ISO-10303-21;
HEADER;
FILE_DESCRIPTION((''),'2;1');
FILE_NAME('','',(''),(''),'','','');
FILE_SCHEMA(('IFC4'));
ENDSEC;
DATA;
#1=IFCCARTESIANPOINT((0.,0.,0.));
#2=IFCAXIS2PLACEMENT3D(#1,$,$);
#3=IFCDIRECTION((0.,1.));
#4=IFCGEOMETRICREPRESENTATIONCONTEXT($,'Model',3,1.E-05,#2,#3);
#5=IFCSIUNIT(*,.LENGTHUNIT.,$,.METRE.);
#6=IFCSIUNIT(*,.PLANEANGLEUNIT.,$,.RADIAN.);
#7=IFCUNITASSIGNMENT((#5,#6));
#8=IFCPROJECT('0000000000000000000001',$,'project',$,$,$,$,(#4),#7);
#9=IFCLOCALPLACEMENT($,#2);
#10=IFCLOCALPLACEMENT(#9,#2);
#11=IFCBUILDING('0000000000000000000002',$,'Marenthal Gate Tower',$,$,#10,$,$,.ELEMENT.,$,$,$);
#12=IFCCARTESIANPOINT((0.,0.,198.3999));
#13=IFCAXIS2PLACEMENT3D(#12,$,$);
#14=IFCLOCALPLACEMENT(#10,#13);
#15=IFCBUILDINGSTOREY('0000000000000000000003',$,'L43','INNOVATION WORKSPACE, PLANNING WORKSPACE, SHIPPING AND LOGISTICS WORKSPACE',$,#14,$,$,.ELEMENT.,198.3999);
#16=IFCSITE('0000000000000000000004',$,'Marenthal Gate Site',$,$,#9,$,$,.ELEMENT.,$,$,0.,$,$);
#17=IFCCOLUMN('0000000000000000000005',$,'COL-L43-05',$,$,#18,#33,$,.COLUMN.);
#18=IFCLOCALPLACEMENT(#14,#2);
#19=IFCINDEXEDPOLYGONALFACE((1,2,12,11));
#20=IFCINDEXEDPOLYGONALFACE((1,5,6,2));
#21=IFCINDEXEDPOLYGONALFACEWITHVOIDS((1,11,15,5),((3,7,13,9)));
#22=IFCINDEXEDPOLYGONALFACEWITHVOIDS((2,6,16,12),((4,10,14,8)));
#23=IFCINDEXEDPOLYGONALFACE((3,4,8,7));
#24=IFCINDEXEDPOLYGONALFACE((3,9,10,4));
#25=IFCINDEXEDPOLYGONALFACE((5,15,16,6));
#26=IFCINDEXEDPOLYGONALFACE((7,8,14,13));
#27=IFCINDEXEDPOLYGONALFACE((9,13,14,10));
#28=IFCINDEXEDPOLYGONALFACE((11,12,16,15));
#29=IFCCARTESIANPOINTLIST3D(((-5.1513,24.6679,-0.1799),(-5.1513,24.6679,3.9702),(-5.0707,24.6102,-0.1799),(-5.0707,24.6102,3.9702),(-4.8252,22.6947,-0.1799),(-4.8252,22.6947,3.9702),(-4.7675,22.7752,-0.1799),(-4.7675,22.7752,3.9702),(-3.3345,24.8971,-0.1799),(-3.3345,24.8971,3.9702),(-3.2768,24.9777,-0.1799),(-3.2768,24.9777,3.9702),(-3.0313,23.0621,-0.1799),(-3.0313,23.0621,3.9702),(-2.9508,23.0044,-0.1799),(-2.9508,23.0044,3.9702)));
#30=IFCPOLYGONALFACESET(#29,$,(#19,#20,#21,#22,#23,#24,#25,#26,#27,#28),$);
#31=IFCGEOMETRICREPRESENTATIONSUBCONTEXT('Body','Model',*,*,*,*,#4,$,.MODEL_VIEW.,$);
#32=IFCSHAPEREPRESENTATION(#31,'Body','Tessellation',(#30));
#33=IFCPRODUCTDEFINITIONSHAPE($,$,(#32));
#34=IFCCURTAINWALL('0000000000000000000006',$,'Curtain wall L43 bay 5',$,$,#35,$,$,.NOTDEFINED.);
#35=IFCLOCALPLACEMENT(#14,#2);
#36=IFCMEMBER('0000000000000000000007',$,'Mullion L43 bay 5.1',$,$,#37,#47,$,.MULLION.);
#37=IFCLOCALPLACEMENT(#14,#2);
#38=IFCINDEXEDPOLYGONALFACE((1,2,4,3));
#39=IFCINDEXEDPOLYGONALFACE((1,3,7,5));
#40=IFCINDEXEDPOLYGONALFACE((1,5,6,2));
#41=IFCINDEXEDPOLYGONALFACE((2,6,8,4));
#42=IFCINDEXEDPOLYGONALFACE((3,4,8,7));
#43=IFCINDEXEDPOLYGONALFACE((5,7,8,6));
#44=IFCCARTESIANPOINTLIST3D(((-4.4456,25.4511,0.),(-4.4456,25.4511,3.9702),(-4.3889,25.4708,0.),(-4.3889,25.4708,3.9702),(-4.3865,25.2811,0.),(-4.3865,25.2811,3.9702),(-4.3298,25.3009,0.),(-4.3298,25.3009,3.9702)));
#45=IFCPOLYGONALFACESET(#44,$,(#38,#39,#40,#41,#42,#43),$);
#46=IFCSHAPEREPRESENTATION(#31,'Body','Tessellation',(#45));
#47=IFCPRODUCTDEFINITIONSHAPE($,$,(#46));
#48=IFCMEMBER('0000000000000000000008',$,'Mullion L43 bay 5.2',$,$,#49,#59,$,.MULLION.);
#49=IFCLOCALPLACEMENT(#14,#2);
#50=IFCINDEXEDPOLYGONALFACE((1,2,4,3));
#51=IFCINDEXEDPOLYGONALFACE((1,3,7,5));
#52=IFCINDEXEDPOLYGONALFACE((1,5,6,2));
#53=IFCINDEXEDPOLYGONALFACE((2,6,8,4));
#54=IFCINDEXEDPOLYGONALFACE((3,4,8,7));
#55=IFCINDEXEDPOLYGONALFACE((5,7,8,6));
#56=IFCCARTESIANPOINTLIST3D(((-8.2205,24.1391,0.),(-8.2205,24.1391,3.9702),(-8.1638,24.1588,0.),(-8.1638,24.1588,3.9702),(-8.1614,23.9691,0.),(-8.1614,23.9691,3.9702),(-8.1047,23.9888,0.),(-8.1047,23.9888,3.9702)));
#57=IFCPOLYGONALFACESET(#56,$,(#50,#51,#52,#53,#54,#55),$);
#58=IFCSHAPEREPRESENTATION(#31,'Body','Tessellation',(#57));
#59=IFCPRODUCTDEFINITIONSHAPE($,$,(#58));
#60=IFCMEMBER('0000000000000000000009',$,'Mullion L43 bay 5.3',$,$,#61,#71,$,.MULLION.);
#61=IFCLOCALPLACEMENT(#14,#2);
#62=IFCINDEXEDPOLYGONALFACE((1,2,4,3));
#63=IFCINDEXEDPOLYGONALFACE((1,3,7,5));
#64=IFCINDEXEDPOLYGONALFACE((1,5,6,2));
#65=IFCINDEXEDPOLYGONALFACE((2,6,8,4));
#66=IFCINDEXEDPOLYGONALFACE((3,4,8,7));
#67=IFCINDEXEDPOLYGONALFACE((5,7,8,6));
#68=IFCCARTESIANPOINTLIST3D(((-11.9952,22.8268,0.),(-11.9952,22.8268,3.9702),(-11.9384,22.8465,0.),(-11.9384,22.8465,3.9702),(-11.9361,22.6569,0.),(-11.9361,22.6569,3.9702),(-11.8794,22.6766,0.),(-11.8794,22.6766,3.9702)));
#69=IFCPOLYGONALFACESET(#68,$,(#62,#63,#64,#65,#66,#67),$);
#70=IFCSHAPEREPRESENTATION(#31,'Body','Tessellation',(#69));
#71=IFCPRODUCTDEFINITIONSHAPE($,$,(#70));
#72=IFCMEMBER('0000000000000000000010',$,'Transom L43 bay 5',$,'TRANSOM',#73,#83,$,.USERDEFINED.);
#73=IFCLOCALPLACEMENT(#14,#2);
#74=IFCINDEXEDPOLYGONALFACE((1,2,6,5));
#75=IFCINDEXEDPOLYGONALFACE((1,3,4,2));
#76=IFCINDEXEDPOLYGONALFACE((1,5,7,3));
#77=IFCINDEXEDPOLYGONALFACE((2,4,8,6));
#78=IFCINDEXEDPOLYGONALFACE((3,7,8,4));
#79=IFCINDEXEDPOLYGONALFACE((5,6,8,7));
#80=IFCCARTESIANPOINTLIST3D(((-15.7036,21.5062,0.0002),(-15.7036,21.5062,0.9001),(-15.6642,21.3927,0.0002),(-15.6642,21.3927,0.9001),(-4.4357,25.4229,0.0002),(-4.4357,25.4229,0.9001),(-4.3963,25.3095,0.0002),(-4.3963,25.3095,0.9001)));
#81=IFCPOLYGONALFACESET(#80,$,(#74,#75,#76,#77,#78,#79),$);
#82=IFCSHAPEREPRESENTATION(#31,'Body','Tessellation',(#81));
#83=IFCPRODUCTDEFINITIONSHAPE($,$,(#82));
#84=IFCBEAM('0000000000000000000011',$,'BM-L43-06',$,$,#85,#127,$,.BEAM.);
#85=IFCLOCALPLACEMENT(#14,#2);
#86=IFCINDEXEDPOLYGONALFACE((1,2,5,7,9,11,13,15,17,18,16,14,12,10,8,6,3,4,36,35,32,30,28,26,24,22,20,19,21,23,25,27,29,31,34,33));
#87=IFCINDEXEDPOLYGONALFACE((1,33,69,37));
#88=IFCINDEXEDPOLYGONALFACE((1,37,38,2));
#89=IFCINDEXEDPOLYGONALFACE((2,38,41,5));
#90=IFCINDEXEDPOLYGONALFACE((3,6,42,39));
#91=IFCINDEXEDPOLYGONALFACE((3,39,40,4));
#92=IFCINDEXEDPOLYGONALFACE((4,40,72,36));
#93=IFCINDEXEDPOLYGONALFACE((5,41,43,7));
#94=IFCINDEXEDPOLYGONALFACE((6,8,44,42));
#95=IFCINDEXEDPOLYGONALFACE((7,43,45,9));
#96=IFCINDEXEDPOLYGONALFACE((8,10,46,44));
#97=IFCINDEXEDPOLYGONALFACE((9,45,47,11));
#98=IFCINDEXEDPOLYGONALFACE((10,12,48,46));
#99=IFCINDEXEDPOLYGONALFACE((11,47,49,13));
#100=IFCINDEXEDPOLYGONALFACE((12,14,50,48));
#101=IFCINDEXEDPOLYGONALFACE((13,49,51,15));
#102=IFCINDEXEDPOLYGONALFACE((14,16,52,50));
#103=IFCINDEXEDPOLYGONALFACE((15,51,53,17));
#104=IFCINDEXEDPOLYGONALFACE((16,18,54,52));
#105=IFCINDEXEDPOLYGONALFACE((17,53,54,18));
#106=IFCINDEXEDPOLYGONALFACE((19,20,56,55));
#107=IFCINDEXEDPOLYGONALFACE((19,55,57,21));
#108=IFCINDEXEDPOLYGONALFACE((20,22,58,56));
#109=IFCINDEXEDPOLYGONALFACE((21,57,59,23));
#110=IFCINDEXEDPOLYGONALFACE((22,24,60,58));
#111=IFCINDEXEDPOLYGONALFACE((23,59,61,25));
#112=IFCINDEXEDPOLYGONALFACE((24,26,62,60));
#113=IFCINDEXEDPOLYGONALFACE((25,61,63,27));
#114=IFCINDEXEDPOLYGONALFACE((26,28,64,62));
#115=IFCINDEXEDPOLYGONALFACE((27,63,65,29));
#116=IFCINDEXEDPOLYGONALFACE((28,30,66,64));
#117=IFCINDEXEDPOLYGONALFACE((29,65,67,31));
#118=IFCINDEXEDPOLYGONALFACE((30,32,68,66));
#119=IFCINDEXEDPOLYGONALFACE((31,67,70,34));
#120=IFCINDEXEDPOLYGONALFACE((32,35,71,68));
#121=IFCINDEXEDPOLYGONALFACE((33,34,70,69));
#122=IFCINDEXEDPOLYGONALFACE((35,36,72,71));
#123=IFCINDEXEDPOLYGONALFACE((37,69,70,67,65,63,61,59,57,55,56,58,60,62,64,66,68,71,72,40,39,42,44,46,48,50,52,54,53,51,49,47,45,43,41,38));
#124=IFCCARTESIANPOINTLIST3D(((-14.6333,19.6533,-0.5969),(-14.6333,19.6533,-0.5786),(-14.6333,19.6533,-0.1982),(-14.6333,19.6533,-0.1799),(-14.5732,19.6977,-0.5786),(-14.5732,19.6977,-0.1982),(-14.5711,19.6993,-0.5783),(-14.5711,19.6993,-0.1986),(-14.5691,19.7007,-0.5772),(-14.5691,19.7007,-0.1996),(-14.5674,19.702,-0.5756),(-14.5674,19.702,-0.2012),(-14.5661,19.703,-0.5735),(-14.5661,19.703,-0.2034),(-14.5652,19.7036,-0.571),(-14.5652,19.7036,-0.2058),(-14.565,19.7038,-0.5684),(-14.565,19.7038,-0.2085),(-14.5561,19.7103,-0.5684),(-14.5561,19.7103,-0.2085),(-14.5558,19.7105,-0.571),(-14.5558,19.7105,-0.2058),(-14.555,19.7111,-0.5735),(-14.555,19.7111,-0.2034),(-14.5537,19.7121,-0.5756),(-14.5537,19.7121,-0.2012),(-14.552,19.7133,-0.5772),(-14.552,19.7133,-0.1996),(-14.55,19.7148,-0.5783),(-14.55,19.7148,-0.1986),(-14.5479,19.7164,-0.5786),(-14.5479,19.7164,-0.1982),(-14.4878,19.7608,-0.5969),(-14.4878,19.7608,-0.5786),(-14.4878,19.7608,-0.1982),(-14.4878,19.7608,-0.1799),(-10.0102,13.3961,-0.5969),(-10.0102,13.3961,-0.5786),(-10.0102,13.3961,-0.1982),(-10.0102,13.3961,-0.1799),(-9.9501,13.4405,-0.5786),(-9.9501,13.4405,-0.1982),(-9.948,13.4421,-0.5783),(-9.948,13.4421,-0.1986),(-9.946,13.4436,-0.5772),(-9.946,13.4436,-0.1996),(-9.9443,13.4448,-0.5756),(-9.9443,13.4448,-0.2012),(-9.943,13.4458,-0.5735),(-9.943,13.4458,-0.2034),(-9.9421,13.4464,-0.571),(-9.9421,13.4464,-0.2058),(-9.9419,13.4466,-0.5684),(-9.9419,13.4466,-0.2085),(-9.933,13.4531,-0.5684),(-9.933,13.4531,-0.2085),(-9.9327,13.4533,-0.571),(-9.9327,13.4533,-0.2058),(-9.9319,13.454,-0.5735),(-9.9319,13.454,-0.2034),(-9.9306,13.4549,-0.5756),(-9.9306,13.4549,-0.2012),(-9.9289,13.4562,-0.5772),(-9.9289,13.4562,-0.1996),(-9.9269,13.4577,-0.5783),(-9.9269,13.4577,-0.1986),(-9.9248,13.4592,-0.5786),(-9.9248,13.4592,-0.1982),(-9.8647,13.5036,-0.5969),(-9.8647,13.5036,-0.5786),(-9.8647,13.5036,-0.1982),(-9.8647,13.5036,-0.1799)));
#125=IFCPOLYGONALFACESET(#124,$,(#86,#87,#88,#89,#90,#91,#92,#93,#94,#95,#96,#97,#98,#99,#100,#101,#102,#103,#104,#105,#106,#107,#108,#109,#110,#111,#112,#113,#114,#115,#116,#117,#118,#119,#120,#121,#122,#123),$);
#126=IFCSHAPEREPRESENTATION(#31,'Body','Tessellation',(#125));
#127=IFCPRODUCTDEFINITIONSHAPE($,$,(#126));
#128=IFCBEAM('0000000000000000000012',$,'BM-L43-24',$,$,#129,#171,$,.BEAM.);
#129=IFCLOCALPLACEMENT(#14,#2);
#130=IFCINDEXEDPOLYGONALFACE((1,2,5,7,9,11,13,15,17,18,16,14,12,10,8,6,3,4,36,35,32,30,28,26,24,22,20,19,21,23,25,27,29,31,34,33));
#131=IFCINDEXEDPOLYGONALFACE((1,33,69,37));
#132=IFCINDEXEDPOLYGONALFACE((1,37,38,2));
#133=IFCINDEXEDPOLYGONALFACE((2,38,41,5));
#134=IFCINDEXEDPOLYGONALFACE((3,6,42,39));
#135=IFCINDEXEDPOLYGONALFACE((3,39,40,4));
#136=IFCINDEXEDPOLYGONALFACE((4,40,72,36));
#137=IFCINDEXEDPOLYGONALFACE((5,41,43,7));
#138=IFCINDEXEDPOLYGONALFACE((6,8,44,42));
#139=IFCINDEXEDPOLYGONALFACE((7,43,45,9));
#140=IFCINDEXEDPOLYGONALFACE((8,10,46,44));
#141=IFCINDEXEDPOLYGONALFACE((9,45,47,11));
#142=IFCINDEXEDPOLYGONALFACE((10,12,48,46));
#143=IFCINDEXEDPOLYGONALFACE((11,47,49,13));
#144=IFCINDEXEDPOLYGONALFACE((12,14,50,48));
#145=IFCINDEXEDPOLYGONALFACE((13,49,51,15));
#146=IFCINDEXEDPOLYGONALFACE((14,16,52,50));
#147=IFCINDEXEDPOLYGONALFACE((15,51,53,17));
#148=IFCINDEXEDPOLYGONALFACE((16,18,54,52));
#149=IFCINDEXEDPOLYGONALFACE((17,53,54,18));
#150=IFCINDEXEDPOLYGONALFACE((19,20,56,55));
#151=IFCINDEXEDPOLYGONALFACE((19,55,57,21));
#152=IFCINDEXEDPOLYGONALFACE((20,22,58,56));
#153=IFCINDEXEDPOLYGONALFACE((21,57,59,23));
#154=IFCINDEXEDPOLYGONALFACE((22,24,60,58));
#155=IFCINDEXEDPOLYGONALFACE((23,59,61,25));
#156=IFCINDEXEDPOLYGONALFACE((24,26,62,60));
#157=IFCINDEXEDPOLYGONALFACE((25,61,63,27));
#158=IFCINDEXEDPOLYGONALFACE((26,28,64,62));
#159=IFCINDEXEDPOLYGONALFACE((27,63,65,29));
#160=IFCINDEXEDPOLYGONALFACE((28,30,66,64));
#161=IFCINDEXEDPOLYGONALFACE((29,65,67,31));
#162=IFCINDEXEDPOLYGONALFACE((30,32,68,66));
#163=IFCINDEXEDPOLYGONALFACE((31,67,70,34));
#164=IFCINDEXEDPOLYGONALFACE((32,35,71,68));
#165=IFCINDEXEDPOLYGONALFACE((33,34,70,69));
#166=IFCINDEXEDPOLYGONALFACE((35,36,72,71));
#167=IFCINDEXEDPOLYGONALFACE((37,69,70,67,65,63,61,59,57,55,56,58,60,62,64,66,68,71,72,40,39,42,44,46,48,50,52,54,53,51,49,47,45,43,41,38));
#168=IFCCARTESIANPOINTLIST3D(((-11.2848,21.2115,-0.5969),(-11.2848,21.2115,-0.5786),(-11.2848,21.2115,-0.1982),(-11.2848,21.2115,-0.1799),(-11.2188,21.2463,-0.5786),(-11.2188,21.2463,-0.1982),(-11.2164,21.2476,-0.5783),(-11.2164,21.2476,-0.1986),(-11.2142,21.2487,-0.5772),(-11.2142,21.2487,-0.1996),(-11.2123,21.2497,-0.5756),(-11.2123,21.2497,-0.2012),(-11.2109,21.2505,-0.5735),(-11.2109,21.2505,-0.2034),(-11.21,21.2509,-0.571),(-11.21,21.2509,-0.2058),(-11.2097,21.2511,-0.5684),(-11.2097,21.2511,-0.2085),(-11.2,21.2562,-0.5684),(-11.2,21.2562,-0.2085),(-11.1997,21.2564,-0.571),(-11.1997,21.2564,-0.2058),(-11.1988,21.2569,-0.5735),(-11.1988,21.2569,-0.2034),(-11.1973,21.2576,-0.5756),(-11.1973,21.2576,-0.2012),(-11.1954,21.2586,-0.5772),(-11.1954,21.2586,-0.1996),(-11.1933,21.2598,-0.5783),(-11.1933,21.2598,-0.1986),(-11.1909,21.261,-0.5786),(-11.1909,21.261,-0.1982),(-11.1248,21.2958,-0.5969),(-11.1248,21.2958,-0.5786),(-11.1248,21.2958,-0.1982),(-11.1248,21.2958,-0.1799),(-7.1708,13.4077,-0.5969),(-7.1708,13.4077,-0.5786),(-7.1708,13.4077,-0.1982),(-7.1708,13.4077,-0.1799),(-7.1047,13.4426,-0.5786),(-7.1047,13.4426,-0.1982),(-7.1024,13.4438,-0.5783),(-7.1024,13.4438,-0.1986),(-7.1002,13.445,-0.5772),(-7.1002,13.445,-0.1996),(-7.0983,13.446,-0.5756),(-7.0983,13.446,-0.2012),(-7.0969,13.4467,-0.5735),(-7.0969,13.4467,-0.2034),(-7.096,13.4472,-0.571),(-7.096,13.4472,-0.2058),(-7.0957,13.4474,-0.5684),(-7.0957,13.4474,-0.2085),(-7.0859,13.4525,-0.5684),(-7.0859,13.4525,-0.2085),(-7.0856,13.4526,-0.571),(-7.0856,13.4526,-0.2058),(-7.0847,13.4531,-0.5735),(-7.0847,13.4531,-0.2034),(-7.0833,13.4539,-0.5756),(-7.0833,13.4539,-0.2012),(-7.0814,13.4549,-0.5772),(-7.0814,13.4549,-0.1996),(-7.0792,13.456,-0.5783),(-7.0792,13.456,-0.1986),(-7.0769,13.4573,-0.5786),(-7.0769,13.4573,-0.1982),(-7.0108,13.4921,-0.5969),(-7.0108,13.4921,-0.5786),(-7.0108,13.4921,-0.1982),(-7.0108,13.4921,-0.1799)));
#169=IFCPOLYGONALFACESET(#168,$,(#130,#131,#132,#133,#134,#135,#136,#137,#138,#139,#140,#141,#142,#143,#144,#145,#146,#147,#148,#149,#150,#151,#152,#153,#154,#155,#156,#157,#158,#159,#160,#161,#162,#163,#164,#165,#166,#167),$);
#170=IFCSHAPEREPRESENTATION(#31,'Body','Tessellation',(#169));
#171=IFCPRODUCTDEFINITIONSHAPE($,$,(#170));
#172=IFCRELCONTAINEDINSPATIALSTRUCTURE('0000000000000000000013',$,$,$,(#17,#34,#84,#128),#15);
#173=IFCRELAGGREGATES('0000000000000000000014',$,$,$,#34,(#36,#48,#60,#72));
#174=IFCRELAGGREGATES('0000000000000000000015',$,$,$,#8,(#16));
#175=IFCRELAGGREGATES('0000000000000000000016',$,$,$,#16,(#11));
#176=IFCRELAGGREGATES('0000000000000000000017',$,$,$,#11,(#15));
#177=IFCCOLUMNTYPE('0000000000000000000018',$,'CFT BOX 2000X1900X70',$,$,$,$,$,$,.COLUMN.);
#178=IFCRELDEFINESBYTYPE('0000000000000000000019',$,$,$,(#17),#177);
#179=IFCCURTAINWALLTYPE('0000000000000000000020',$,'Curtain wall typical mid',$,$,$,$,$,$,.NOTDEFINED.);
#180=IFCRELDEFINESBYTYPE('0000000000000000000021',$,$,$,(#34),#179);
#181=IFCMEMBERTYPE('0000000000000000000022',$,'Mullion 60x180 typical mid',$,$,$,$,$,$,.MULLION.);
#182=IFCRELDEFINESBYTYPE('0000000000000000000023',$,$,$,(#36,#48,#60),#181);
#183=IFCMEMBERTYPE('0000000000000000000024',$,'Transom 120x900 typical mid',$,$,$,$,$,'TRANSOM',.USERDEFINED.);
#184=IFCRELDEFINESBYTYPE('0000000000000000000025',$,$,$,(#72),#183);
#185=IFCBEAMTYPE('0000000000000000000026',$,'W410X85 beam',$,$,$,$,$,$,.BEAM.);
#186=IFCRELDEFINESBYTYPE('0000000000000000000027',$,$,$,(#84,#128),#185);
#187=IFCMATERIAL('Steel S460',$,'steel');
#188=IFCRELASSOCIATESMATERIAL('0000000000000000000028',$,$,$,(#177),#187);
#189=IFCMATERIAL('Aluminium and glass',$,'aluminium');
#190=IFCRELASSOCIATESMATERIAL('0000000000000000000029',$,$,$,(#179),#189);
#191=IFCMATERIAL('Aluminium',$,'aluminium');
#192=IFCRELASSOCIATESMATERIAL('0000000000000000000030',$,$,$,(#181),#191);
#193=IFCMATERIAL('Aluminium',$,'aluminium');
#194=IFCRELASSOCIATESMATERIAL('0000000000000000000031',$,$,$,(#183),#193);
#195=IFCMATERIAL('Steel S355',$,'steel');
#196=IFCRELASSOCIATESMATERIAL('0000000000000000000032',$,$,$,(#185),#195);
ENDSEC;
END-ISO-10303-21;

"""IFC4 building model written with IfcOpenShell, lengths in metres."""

from ifc_helpers import new_model, si_unit, direction, frame, origin, origin_2d, place, context, subcontext, project, spatial, rectangle, hollow_rectangle, i_section, extrude, material, material_profile, profile_set, type_object, element, aggregate, save


model = new_model("IFC4")

# Units and contexts
model_context = context("Model", 3, precision=1e-05, world=origin(), true_north=direction((0.0, 1.0)))
body_context = subcontext(model_context, "Body", "Model", "MODEL_VIEW")
ifc_project = project(units=[si_unit("LENGTHUNIT", "METRE"), si_unit("PLANEANGLEUNIT", "RADIAN")], contexts=[model_context])

# Site, building, storey
site_placement = place(None, origin())
site = spatial("IfcSite", under=ifc_project, at=site_placement, Name="Marenthal Gate Site", CompositionType="ELEMENT", RefElevation=0.0)
building_placement = place(site_placement, origin())
building = spatial("IfcBuilding", under=site, at=building_placement, Name="Marenthal Gate Tower", CompositionType="ELEMENT")
storey_placement = place(building_placement, frame((0.0, 0.0, 198.3999)))
storey = spatial("IfcBuildingStorey", under=building, at=storey_placement, Name="L43", Description="INNOVATION WORKSPACE, PLANNING WORKSPACE, SHIPPING AND LOGISTICS WORKSPACE", CompositionType="ELEMENT", Elevation=198.3999)

# Column
ifc_material_1 = material(Name="Steel S460", Category="steel")
ifc_material_profile_1 = material_profile(ifc_material_1, hollow_rectangle(XDim=1.8999, YDim=2.0, WallThickness=0.0701, at=origin_2d()), Name="CFT BOX 2000X1900X70")
ifc_material_2 = material(Name="Concrete 70 MPa", Category="concrete")
ifc_material_profile_2 = material_profile(ifc_material_2, rectangle(XDim=1.76, YDim=1.8601, at=origin_2d()), Name="CFT BOX 2000X1900X70 INFILL")
ifc_profile_set_1 = profile_set([ifc_material_profile_1, ifc_material_profile_2], Name="Steel S460 shell, Concrete 70 MPa infill")
column_type = type_object("IfcColumnType", Name="CFT BOX 2000X1900X70", PredefinedType="COLUMN", material=ifc_profile_set_1)
column_placement = place(storey_placement, frame((-4.051, 23.8362, -0.1799), z_axis=(0.0, 0.0, 1.0), x_axis=(0.986621, 0.16303, 0.0)))
element("IfcColumn", 1, at=column_placement, inside=storey, type_object=column_type, Name="COL-L43-05", PredefinedType="COLUMN", context=body_context, shape_type="SweptSolid", body=[
    extrude(hollow_rectangle(XDim=1.8999, YDim=2.0, WallThickness=0.0701, at=origin_2d()), origin(), (0.0, 0.0, 1.0), 4.1501),
])

# Curtain wall, members
ifc_material_3 = material(Name="Aluminium and glass", Category="aluminium")
curtain_wall_type = type_object("IfcCurtainWallType", Name="Curtain wall typical mid", PredefinedType="NOTDEFINED", material=ifc_material_3)
curtain_wall_placement = place(storey_placement, origin())
curtain_wall = element("IfcCurtainWall", 2, at=curtain_wall_placement, inside=storey, type_object=curtain_wall_type, Name="Curtain wall L43 bay 5", PredefinedType="NOTDEFINED")
ifc_material_4 = material(Name="Aluminium", Category="aluminium")
ifc_material_profile_3 = material_profile(ifc_material_4, rectangle(XDim=0.1799, YDim=0.0601, at=origin_2d()), Name="60x180 aluminium mullion")
ifc_profile_set_2 = profile_set([ifc_material_profile_3], Name="Aluminium")
member_type_1 = type_object("IfcMemberType", Name="Mullion 60x180 typical mid", PredefinedType="MULLION", material=ifc_profile_set_2)
member_1_placement = place(storey_placement, frame((-4.3877, 25.376, 0.0), z_axis=(0.0, 0.0, 1.0), x_axis=(0.328332, -0.944562, 0.0)))
member_1 = element("IfcMember", 3, at=member_1_placement, type_object=member_type_1, Name="Mullion L43 bay 5.1", PredefinedType="MULLION", context=body_context, shape_type="SweptSolid", body=[
    extrude(rectangle(XDim=0.1799, YDim=0.0601, at=origin_2d()), origin(), (0.0, 0.0, 1.0), 3.9702),
])
member_2_placement = place(storey_placement, frame((-8.1626, 24.064, 0.0), z_axis=(0.0, 0.0, 1.0), x_axis=(0.328332, -0.944562, 0.0)))
member_2 = element("IfcMember", 4, at=member_2_placement, type_object=member_type_1, Name="Mullion L43 bay 5.2", PredefinedType="MULLION", context=body_context, shape_type="SweptSolid", body=[
    extrude(rectangle(XDim=0.1799, YDim=0.0601, at=origin_2d()), origin(), (0.0, 0.0, 1.0), 3.9702),
])
member_3_placement = place(storey_placement, frame((-11.9373, 22.7517, 0.0), z_axis=(0.0, 0.0, 1.0), x_axis=(0.328332, -0.944562, 0.0)))
member_3 = element("IfcMember", 5, at=member_3_placement, type_object=member_type_1, Name="Mullion L43 bay 5.3", PredefinedType="MULLION", context=body_context, shape_type="SweptSolid", body=[
    extrude(rectangle(XDim=0.1799, YDim=0.0601, at=origin_2d()), origin(), (0.0, 0.0, 1.0), 3.9702),
])
ifc_material_5 = material(Name="Aluminium", Category="aluminium")
ifc_material_profile_4 = material_profile(ifc_material_5, rectangle(XDim=0.1201, YDim=0.8999, at=origin_2d()), Name="120x900 aluminium transom")
ifc_profile_set_3 = profile_set([ifc_material_profile_4], Name="Aluminium")
member_type_2 = type_object("IfcMemberType", Name="Transom 120x900 typical mid", ElementType="TRANSOM", PredefinedType="USERDEFINED", material=ifc_profile_set_3)
member_4_placement = place(storey_placement, frame((-4.416, 25.3662, 0.4502), z_axis=(-0.944562, -0.328334, 0.0), x_axis=(0.328334, -0.944562, 0.0)))
member_4 = element("IfcMember", 6, at=member_4_placement, type_object=member_type_2, Name="Transom L43 bay 5", ObjectType="TRANSOM", PredefinedType="USERDEFINED", context=body_context, shape_type="SweptSolid", body=[
    extrude(rectangle(XDim=0.1201, YDim=0.8999, at=origin_2d()), origin(), (0.0, 0.0, 1.0), 11.9292),
])

# Beams
ifc_material_6 = material(Name="Steel S355", Category="steel")
ifc_material_profile_5 = material_profile(ifc_material_6, i_section(OverallWidth=0.1809, OverallDepth=0.417, WebThickness=0.011, FlangeThickness=0.0183, FilletRadius=0.0103, at=origin_2d()), Name="W410X85")
ifc_profile_set_4 = profile_set([ifc_material_profile_5], Name="Steel S355")
beam_type_1 = type_object("IfcBeamType", Name="W410X85 beam", PredefinedType="BEAM", material=ifc_profile_set_4)
beam_1_placement = place(storey_placement, frame((-14.5605, 19.707, -0.3884), z_axis=(0.594245, -0.804284, 0.0), x_axis=(0.804284, 0.594245, 0.0)))
element("IfcBeam", 7, at=beam_1_placement, inside=storey, type_object=beam_type_1, Name="BM-L43-06", PredefinedType="BEAM", context=body_context, shape_type="SweptSolid", body=[
    extrude(i_section(OverallWidth=0.1809, OverallDepth=0.417, WebThickness=0.011, FlangeThickness=0.0183, FilletRadius=0.0103, at=origin_2d()), origin(), (0.0, 0.0, 1.0), 7.7798),
])
beam_2_placement = place(storey_placement, frame((-11.2048, 21.2537, -0.3884), z_axis=(0.46635, -0.8846, 0.0), x_axis=(0.8846, 0.46635, 0.0)))
element("IfcBeam", 8, at=beam_2_placement, inside=storey, type_object=beam_type_1, Name="BM-L43-24", PredefinedType="BEAM", context=body_context, shape_type="SweptSolid", body=[
    extrude(i_section(OverallWidth=0.1809, OverallDepth=0.417, WebThickness=0.011, FlangeThickness=0.0183, FilletRadius=0.0103, at=origin_2d()), origin(), (0.0, 0.0, 1.0), 8.8218),
])

aggregate(curtain_wall, [member_1, member_2, member_3, member_4])

save(model, "model.ifc")
